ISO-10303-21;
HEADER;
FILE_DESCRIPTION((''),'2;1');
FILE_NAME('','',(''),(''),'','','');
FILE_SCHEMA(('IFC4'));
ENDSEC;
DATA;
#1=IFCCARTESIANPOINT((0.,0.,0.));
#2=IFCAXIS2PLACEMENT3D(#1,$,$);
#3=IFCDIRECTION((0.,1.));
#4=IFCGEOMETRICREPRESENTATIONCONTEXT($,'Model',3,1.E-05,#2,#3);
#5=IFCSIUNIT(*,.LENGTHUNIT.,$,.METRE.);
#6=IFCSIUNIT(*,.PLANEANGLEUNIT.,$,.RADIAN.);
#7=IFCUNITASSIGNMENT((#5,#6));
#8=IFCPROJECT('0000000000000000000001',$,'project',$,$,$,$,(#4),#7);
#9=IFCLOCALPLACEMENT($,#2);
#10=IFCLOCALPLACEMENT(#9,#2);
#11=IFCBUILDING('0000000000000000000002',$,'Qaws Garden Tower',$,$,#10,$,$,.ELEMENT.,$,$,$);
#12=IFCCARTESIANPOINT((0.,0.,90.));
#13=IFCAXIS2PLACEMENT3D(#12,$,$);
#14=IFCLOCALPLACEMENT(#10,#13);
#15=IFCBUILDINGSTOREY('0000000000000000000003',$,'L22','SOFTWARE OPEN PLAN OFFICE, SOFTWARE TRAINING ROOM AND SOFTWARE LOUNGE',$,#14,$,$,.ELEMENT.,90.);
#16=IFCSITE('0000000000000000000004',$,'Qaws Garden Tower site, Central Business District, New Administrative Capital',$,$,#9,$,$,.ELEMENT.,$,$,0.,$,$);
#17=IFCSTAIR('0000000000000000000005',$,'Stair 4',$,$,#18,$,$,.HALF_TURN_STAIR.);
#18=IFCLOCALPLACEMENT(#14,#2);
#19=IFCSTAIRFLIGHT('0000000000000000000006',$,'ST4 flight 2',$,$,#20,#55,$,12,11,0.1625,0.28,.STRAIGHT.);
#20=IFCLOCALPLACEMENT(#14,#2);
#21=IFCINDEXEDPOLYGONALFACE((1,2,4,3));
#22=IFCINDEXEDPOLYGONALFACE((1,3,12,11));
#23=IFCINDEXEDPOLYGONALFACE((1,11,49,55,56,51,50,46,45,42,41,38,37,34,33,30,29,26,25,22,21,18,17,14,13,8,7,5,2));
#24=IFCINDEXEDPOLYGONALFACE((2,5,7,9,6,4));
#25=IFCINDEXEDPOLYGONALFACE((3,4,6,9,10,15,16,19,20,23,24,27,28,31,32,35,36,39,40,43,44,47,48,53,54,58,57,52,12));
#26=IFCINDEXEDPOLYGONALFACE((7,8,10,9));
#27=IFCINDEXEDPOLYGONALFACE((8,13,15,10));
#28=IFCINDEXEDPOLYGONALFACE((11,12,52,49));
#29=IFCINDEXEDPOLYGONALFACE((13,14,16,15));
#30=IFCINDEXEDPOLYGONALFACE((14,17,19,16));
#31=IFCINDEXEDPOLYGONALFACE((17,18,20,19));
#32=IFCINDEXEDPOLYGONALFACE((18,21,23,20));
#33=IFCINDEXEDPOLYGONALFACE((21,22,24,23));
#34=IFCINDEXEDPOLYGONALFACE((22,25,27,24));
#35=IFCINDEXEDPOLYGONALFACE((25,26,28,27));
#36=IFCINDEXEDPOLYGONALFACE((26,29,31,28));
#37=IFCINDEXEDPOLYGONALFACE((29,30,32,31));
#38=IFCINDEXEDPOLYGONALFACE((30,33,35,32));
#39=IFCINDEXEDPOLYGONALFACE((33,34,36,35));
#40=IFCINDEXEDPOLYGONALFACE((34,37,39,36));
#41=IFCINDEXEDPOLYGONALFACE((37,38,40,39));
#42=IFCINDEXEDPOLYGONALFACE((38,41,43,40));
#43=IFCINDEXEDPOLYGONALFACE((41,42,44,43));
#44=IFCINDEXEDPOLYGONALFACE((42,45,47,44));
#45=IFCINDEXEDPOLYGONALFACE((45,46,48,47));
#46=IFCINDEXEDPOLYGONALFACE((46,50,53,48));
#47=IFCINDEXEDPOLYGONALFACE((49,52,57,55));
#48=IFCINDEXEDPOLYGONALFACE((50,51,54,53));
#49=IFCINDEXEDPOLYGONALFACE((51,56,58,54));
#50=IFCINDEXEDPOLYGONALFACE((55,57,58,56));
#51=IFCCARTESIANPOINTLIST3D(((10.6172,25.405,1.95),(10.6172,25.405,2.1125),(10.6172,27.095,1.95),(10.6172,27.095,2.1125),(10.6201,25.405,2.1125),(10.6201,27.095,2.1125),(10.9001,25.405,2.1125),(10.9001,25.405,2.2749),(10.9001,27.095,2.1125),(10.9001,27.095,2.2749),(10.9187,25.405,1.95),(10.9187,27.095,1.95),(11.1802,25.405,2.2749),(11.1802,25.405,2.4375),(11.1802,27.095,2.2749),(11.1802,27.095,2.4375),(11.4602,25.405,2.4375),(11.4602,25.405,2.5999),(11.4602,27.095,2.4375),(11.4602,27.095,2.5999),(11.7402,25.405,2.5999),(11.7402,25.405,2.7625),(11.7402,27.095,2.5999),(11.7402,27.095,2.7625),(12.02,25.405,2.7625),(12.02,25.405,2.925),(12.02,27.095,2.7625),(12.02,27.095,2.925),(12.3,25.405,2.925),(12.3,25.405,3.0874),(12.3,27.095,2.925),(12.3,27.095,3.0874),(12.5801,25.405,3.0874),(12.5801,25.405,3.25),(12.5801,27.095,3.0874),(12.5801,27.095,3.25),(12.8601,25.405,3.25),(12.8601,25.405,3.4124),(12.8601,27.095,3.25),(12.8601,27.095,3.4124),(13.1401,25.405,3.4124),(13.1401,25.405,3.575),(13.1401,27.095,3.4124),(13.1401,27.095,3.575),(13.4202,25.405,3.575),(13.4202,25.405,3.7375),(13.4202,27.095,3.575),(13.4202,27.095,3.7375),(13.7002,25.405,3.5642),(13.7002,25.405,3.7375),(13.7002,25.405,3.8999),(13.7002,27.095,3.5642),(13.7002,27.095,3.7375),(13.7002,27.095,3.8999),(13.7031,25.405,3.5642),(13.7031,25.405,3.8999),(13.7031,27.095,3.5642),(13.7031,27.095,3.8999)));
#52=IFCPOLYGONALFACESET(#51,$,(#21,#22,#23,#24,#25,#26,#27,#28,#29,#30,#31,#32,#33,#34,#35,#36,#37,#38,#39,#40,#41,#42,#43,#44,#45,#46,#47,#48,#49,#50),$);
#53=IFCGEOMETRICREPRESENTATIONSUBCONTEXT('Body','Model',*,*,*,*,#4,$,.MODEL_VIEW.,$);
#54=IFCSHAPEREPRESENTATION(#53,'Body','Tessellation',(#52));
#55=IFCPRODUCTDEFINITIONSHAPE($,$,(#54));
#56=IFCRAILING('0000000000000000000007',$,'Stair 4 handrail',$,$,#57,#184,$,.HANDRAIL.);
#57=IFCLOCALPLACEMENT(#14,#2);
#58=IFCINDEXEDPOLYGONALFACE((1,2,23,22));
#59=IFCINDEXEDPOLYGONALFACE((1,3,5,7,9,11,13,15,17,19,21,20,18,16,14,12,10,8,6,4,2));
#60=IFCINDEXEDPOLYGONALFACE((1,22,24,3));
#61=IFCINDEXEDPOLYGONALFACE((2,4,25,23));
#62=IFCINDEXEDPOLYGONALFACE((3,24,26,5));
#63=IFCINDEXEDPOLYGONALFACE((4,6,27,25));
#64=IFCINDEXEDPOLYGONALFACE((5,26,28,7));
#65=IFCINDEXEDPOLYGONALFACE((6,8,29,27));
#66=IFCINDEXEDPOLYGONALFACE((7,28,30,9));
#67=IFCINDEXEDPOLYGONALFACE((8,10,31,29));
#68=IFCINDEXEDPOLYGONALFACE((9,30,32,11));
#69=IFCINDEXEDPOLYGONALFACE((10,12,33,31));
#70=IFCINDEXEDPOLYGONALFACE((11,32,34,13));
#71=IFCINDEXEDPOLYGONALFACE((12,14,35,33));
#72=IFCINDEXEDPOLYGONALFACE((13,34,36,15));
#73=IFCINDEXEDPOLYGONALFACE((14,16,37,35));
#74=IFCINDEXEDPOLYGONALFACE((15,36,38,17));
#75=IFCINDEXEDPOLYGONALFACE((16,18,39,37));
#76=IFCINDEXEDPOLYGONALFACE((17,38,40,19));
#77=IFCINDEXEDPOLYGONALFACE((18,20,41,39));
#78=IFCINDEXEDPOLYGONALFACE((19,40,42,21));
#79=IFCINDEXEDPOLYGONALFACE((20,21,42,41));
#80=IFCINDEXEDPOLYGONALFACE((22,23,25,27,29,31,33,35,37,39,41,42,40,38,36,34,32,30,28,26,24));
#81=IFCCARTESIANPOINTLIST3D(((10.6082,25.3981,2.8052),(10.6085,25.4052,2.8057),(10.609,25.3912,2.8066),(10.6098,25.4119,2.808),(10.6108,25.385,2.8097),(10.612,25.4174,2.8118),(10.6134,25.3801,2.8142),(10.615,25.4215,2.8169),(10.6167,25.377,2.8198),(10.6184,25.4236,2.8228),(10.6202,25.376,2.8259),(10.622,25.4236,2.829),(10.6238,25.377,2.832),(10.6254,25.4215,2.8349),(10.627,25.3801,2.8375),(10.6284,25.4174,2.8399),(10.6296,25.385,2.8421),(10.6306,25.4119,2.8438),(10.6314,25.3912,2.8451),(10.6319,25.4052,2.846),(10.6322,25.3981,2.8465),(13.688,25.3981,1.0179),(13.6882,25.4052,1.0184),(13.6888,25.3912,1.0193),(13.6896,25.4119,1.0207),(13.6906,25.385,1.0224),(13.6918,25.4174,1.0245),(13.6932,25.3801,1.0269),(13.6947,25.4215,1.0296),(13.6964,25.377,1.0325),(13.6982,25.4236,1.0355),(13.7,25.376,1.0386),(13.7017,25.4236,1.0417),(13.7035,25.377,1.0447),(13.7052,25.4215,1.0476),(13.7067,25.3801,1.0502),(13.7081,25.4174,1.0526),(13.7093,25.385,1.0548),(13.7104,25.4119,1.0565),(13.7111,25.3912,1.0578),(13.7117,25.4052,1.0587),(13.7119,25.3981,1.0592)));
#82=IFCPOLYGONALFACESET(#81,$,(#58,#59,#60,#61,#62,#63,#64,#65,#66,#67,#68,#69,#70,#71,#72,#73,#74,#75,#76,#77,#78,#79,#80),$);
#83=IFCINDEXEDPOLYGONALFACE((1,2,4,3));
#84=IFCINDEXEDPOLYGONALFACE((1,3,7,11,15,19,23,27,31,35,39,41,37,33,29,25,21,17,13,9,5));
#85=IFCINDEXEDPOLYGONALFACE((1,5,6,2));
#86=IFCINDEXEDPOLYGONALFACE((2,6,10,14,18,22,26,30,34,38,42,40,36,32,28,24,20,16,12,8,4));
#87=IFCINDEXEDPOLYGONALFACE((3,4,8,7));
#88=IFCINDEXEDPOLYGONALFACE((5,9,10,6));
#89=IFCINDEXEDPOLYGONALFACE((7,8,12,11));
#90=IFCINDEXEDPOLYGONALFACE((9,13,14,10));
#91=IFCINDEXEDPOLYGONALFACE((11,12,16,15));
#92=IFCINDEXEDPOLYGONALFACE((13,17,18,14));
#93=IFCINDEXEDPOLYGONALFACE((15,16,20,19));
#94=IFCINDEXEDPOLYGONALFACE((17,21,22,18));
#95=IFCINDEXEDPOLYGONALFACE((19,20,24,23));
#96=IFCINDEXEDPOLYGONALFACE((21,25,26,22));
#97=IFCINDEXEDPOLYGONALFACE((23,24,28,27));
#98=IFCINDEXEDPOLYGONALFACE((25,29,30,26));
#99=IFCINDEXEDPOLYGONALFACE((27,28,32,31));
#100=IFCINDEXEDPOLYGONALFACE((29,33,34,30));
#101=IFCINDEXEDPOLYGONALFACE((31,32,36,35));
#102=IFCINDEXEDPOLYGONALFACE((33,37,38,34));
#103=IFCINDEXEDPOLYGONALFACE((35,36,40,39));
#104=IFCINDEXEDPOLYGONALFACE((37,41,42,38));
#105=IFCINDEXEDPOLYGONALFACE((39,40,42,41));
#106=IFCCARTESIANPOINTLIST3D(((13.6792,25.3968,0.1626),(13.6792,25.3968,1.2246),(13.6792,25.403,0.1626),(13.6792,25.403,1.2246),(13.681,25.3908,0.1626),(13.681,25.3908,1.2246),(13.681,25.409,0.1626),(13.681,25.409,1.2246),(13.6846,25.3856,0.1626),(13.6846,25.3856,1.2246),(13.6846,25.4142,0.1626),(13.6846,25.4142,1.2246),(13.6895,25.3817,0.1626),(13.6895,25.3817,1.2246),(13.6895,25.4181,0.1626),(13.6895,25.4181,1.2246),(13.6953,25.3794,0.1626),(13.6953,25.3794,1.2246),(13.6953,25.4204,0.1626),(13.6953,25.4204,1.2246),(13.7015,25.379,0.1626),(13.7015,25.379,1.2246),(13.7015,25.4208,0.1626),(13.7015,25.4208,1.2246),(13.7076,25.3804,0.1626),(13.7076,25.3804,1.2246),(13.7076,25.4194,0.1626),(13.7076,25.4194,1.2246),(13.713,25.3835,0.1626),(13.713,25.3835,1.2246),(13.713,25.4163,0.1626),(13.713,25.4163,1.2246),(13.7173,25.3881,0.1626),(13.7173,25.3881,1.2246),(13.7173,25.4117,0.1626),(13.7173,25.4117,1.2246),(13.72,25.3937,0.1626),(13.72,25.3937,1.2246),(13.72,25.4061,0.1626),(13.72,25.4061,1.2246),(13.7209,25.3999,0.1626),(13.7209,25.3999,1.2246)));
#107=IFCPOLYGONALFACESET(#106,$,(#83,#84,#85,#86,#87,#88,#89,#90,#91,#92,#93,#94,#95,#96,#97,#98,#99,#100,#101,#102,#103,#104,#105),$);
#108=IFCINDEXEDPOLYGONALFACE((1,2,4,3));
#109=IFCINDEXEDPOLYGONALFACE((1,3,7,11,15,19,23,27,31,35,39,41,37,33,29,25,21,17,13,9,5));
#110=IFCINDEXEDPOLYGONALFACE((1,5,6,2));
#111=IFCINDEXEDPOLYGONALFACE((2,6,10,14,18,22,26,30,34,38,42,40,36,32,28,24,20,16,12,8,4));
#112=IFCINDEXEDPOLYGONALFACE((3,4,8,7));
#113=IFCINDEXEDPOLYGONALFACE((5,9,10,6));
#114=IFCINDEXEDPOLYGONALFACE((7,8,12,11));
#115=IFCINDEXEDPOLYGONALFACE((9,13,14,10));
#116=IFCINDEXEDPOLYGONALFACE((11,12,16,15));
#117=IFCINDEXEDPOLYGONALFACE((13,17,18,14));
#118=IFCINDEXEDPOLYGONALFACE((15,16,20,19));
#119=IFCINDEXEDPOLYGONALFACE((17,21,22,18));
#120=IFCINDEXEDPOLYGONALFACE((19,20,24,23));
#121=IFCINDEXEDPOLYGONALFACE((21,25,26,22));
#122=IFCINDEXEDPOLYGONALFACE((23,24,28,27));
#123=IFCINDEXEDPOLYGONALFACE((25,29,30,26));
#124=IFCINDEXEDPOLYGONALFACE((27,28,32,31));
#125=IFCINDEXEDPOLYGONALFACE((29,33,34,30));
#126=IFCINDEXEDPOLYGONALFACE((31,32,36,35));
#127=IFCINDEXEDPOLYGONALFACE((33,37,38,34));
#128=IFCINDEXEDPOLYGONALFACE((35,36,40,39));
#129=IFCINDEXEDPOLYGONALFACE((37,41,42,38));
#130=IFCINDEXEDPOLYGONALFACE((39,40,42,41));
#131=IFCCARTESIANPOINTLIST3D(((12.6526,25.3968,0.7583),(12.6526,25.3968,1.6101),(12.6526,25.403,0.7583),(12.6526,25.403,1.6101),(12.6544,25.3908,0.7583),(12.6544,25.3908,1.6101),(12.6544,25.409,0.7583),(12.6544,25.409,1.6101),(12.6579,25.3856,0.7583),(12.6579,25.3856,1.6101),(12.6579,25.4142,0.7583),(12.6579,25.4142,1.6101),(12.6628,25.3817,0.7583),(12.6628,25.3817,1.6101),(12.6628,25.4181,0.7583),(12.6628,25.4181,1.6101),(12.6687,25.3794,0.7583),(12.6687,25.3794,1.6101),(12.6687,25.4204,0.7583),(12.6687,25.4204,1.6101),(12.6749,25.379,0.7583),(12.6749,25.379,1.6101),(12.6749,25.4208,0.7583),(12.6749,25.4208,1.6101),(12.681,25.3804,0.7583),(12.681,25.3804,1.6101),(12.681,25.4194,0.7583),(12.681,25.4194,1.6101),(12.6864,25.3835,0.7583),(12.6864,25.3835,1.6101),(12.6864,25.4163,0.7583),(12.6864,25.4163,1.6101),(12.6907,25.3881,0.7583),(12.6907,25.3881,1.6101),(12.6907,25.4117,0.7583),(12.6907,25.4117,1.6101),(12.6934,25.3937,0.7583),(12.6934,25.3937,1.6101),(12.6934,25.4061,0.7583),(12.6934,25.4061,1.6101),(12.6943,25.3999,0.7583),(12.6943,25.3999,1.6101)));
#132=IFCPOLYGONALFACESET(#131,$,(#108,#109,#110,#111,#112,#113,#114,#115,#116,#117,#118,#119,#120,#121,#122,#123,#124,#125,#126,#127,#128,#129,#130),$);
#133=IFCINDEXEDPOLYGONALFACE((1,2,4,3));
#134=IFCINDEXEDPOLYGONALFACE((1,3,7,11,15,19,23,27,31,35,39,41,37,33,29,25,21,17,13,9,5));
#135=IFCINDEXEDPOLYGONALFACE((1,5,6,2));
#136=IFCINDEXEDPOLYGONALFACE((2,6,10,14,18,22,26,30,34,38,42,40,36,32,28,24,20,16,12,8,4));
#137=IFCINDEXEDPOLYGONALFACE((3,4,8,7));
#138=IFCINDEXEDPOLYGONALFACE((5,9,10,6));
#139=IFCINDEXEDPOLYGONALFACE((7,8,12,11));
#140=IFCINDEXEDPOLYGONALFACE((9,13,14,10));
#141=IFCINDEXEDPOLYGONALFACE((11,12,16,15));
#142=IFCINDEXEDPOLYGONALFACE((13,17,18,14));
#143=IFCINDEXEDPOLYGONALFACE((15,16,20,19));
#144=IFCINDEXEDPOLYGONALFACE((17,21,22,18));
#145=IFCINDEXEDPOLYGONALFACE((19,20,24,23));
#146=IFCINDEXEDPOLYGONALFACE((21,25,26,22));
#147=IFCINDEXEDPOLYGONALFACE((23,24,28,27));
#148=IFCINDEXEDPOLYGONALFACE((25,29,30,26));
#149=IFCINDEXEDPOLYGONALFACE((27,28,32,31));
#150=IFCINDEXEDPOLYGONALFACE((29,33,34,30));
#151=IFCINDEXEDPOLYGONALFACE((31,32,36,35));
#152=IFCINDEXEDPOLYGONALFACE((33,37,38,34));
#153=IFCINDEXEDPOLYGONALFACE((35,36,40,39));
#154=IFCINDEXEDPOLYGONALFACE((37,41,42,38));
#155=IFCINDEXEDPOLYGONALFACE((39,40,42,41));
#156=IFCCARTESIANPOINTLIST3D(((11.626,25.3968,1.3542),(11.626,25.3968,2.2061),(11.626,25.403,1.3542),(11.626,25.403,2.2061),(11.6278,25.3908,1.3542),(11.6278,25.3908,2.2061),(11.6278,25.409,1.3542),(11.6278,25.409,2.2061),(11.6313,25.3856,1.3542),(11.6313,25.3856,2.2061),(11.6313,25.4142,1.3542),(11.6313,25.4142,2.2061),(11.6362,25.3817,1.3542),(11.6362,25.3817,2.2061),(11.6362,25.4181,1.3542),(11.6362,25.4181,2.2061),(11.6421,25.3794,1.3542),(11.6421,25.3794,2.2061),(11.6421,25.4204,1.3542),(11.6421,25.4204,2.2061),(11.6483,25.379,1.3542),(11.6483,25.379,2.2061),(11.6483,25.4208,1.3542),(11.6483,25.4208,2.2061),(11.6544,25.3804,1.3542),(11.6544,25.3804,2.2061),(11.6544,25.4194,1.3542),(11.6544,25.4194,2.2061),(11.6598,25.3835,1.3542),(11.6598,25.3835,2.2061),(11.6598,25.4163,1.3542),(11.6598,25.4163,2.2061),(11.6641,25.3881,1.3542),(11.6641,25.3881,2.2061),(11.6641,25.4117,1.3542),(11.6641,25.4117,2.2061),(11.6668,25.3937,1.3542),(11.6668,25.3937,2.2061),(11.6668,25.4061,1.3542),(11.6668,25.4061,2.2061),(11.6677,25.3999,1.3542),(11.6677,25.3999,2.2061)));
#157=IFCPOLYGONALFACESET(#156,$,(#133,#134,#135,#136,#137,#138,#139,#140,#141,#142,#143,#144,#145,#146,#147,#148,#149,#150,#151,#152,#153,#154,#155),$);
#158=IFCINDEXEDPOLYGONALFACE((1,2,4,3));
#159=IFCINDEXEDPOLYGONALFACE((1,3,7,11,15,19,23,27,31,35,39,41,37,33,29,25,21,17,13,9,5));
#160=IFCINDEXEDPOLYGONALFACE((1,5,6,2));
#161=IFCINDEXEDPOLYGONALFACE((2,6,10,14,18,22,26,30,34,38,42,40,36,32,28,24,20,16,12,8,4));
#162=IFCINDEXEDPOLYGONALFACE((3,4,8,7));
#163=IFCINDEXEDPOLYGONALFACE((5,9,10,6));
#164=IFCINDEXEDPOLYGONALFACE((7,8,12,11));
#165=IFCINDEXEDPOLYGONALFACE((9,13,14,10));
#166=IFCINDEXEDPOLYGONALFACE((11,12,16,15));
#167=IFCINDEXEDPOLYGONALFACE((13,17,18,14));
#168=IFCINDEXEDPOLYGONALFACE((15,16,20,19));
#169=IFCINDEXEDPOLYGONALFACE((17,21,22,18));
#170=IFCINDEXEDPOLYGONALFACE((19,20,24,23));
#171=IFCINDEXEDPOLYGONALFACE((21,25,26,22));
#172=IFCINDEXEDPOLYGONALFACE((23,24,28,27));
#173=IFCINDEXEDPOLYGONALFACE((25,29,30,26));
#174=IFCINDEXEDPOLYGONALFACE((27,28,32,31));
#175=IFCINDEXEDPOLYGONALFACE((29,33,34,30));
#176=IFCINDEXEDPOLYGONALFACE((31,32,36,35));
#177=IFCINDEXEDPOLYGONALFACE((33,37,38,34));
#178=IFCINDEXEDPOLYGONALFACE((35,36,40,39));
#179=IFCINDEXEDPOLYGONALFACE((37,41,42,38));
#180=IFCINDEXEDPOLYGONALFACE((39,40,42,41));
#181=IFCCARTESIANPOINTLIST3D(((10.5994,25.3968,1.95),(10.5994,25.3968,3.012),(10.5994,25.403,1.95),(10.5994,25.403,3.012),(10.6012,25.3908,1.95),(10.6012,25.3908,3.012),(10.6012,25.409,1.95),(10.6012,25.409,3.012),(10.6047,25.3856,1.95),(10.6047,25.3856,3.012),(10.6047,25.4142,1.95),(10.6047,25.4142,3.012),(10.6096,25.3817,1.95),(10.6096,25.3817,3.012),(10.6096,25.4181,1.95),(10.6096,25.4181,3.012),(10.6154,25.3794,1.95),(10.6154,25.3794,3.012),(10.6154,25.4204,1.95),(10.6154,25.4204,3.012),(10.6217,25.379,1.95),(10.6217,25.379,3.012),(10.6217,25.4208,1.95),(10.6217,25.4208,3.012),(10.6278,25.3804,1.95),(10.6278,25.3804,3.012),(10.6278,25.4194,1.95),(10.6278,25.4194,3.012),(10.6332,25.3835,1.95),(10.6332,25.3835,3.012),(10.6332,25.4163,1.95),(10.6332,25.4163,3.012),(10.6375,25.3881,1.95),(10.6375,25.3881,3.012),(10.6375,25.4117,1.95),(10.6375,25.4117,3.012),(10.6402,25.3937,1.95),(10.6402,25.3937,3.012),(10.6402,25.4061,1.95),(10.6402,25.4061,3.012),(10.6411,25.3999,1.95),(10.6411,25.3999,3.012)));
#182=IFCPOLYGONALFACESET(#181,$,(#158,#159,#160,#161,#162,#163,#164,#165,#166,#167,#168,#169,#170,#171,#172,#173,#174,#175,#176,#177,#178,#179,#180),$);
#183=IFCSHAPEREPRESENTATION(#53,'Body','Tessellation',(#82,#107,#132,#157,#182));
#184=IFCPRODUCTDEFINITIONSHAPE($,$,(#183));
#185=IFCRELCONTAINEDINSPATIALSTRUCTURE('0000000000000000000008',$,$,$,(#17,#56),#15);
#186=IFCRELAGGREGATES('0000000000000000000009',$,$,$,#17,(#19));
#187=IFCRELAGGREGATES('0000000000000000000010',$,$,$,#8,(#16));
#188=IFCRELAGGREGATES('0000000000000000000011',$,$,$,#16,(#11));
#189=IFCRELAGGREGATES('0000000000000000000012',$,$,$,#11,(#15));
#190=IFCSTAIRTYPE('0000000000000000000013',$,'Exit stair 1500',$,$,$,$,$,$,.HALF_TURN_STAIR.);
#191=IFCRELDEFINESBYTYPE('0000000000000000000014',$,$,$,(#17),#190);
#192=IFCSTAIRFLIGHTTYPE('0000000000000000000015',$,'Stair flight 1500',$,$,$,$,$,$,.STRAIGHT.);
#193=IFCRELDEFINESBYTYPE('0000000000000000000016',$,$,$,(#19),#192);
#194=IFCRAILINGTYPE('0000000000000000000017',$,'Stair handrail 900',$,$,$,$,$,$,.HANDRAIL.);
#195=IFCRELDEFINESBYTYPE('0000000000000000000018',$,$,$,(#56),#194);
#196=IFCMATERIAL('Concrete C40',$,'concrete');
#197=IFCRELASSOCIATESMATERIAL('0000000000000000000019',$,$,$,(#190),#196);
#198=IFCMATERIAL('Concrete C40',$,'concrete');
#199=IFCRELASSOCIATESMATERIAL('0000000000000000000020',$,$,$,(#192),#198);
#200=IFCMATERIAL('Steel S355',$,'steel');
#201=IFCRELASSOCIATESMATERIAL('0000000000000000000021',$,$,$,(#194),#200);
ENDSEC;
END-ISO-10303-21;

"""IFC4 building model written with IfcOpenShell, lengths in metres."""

from ifc_helpers import new_model, si_unit, direction, frame, origin, origin_2d, place, context, subcontext, project, spatial, polyline, circle, outline, extrude, material, type_object, element, aggregate, save


model = new_model("IFC4")

# Units and contexts
model_context = context("Model", 3, precision=1e-05, world=origin(), true_north=direction((0.0, 1.0)))
body_context = subcontext(model_context, "Body", "Model", "MODEL_VIEW")
ifc_project = project(units=[si_unit("LENGTHUNIT", "METRE"), si_unit("PLANEANGLEUNIT", "RADIAN")], contexts=[model_context])

# Site, building, storey
site_placement = place(None, origin())
site = spatial("IfcSite", under=ifc_project, at=site_placement, Name="Qaws Garden Tower site, Central Business District, New Administrative Capital", CompositionType="ELEMENT", RefElevation=0.0)
building_placement = place(site_placement, origin())
building = spatial("IfcBuilding", under=site, at=building_placement, Name="Qaws Garden Tower", CompositionType="ELEMENT")
storey_placement = place(building_placement, frame((0.0, 0.0, 90.0)))
storey = spatial("IfcBuildingStorey", under=building, at=storey_placement, Name="L22", Description="SOFTWARE OPEN PLAN OFFICE, SOFTWARE TRAINING ROOM AND SOFTWARE LOUNGE", CompositionType="ELEMENT", Elevation=90.0)

# Stair, stair flight
ifc_material_1 = material(Name="Concrete C40", Category="concrete")
stair_type = type_object("IfcStairType", Name="Exit stair 1500", PredefinedType="HALF_TURN_STAIR", material=ifc_material_1)
stair_placement = place(storey_placement, origin())
stair = element("IfcStair", 1, at=stair_placement, inside=storey, type_object=stair_type, Name="Stair 4", PredefinedType="HALF_TURN_STAIR")
ifc_material_2 = material(Name="Concrete C40", Category="concrete")
stair_flight_type = type_object("IfcStairFlightType", Name="Stair flight 1500", PredefinedType="STRAIGHT", material=ifc_material_2)
stair_flight_1_placement = place(storey_placement, frame((10.6201, 26.25, 1.95), z_axis=(0.0, 0.0, 1.0), x_axis=(1.0, 0.0, 0.0)))
stair_flight_1 = element("IfcStairFlight", 2, at=stair_flight_1_placement, type_object=stair_flight_type, Name="ST4 flight 2", NumberOfRisers=12, NumberOfTreads=11, PredefinedType="STRAIGHT", RiserHeight=0.1625, TreadLength=0.28, context=body_context, shape_type="SweptSolid", body=[
    extrude(outline(polyline([(-0.0029, 0.0), (-0.0029, 0.1626), (0.0, 0.1626), (0.28, 0.1626), (0.28, 0.325), (0.5601, 0.325), (0.5601, 0.4875), (0.8401, 0.4875), (0.8401, 0.6499), (1.1201, 0.6499), (1.1201, 0.8125), (1.3999, 0.8125), (1.3999, 0.9751), (1.6799, 0.9751), (1.6799, 1.1375), (1.96, 1.1375), (1.96, 1.3), (2.24, 1.3), (2.24, 1.4624), (2.52, 1.4624), (2.52, 1.625), (2.8, 1.625), (2.8, 1.7876), (3.0801, 1.7876), (3.0801, 1.95), (3.083, 1.95), (3.083, 1.6143), (3.0801, 1.6143), (0.2986, 0.0), (-0.0029, 0.0)])), frame((0.0, 0.845, 0.0), z_axis=(0.0, -1.0, 0.0), x_axis=(1.0, 0.0, 0.0)), (0.0, 0.0, 1.0), 1.6899),
])
aggregate(stair, [stair_flight_1])

# Railing
ifc_material_3 = material(Name="Steel S355", Category="steel")
railing_type = type_object("IfcRailingType", Name="Stair handrail 900", PredefinedType="HANDRAIL", material=ifc_material_3)
railing_1_placement = place(storey_placement, frame((13.7, 25.3999, 0.1626)))
element("IfcRailing", 3, at=railing_1_placement, inside=storey, type_object=railing_type, Name="Stair 4 handrail", PredefinedType="HANDRAIL", context=body_context, shape_type="SweptSolid", body=[
    extrude(circle(Radius=0.0239, at=origin_2d()), frame((0.0, 0.0, 0.876), z_axis=(-0.864903, 0.0, 0.501939), x_axis=(0.0, -1.0, 0.0)), (0.0, 0.0, 1.0), 3.5608),
    extrude(circle(Radius=0.021, at=origin_2d()), origin(), (0.0, 0.0, 1.0), 1.062),
    extrude(circle(Radius=0.021, at=origin_2d()), frame((-1.0266, 0.0, 0.5957)), (0.0, 0.0, 1.0), 0.8518),
    extrude(circle(Radius=0.021, at=origin_2d()), frame((-2.0532, 0.0, 1.1917)), (0.0, 0.0, 1.0), 0.8518),
    extrude(circle(Radius=0.021, at=origin_2d()), frame((-3.0798, 0.0, 1.7874)), (0.0, 0.0, 1.0), 1.062),
])

save(model, "model.ifc")
